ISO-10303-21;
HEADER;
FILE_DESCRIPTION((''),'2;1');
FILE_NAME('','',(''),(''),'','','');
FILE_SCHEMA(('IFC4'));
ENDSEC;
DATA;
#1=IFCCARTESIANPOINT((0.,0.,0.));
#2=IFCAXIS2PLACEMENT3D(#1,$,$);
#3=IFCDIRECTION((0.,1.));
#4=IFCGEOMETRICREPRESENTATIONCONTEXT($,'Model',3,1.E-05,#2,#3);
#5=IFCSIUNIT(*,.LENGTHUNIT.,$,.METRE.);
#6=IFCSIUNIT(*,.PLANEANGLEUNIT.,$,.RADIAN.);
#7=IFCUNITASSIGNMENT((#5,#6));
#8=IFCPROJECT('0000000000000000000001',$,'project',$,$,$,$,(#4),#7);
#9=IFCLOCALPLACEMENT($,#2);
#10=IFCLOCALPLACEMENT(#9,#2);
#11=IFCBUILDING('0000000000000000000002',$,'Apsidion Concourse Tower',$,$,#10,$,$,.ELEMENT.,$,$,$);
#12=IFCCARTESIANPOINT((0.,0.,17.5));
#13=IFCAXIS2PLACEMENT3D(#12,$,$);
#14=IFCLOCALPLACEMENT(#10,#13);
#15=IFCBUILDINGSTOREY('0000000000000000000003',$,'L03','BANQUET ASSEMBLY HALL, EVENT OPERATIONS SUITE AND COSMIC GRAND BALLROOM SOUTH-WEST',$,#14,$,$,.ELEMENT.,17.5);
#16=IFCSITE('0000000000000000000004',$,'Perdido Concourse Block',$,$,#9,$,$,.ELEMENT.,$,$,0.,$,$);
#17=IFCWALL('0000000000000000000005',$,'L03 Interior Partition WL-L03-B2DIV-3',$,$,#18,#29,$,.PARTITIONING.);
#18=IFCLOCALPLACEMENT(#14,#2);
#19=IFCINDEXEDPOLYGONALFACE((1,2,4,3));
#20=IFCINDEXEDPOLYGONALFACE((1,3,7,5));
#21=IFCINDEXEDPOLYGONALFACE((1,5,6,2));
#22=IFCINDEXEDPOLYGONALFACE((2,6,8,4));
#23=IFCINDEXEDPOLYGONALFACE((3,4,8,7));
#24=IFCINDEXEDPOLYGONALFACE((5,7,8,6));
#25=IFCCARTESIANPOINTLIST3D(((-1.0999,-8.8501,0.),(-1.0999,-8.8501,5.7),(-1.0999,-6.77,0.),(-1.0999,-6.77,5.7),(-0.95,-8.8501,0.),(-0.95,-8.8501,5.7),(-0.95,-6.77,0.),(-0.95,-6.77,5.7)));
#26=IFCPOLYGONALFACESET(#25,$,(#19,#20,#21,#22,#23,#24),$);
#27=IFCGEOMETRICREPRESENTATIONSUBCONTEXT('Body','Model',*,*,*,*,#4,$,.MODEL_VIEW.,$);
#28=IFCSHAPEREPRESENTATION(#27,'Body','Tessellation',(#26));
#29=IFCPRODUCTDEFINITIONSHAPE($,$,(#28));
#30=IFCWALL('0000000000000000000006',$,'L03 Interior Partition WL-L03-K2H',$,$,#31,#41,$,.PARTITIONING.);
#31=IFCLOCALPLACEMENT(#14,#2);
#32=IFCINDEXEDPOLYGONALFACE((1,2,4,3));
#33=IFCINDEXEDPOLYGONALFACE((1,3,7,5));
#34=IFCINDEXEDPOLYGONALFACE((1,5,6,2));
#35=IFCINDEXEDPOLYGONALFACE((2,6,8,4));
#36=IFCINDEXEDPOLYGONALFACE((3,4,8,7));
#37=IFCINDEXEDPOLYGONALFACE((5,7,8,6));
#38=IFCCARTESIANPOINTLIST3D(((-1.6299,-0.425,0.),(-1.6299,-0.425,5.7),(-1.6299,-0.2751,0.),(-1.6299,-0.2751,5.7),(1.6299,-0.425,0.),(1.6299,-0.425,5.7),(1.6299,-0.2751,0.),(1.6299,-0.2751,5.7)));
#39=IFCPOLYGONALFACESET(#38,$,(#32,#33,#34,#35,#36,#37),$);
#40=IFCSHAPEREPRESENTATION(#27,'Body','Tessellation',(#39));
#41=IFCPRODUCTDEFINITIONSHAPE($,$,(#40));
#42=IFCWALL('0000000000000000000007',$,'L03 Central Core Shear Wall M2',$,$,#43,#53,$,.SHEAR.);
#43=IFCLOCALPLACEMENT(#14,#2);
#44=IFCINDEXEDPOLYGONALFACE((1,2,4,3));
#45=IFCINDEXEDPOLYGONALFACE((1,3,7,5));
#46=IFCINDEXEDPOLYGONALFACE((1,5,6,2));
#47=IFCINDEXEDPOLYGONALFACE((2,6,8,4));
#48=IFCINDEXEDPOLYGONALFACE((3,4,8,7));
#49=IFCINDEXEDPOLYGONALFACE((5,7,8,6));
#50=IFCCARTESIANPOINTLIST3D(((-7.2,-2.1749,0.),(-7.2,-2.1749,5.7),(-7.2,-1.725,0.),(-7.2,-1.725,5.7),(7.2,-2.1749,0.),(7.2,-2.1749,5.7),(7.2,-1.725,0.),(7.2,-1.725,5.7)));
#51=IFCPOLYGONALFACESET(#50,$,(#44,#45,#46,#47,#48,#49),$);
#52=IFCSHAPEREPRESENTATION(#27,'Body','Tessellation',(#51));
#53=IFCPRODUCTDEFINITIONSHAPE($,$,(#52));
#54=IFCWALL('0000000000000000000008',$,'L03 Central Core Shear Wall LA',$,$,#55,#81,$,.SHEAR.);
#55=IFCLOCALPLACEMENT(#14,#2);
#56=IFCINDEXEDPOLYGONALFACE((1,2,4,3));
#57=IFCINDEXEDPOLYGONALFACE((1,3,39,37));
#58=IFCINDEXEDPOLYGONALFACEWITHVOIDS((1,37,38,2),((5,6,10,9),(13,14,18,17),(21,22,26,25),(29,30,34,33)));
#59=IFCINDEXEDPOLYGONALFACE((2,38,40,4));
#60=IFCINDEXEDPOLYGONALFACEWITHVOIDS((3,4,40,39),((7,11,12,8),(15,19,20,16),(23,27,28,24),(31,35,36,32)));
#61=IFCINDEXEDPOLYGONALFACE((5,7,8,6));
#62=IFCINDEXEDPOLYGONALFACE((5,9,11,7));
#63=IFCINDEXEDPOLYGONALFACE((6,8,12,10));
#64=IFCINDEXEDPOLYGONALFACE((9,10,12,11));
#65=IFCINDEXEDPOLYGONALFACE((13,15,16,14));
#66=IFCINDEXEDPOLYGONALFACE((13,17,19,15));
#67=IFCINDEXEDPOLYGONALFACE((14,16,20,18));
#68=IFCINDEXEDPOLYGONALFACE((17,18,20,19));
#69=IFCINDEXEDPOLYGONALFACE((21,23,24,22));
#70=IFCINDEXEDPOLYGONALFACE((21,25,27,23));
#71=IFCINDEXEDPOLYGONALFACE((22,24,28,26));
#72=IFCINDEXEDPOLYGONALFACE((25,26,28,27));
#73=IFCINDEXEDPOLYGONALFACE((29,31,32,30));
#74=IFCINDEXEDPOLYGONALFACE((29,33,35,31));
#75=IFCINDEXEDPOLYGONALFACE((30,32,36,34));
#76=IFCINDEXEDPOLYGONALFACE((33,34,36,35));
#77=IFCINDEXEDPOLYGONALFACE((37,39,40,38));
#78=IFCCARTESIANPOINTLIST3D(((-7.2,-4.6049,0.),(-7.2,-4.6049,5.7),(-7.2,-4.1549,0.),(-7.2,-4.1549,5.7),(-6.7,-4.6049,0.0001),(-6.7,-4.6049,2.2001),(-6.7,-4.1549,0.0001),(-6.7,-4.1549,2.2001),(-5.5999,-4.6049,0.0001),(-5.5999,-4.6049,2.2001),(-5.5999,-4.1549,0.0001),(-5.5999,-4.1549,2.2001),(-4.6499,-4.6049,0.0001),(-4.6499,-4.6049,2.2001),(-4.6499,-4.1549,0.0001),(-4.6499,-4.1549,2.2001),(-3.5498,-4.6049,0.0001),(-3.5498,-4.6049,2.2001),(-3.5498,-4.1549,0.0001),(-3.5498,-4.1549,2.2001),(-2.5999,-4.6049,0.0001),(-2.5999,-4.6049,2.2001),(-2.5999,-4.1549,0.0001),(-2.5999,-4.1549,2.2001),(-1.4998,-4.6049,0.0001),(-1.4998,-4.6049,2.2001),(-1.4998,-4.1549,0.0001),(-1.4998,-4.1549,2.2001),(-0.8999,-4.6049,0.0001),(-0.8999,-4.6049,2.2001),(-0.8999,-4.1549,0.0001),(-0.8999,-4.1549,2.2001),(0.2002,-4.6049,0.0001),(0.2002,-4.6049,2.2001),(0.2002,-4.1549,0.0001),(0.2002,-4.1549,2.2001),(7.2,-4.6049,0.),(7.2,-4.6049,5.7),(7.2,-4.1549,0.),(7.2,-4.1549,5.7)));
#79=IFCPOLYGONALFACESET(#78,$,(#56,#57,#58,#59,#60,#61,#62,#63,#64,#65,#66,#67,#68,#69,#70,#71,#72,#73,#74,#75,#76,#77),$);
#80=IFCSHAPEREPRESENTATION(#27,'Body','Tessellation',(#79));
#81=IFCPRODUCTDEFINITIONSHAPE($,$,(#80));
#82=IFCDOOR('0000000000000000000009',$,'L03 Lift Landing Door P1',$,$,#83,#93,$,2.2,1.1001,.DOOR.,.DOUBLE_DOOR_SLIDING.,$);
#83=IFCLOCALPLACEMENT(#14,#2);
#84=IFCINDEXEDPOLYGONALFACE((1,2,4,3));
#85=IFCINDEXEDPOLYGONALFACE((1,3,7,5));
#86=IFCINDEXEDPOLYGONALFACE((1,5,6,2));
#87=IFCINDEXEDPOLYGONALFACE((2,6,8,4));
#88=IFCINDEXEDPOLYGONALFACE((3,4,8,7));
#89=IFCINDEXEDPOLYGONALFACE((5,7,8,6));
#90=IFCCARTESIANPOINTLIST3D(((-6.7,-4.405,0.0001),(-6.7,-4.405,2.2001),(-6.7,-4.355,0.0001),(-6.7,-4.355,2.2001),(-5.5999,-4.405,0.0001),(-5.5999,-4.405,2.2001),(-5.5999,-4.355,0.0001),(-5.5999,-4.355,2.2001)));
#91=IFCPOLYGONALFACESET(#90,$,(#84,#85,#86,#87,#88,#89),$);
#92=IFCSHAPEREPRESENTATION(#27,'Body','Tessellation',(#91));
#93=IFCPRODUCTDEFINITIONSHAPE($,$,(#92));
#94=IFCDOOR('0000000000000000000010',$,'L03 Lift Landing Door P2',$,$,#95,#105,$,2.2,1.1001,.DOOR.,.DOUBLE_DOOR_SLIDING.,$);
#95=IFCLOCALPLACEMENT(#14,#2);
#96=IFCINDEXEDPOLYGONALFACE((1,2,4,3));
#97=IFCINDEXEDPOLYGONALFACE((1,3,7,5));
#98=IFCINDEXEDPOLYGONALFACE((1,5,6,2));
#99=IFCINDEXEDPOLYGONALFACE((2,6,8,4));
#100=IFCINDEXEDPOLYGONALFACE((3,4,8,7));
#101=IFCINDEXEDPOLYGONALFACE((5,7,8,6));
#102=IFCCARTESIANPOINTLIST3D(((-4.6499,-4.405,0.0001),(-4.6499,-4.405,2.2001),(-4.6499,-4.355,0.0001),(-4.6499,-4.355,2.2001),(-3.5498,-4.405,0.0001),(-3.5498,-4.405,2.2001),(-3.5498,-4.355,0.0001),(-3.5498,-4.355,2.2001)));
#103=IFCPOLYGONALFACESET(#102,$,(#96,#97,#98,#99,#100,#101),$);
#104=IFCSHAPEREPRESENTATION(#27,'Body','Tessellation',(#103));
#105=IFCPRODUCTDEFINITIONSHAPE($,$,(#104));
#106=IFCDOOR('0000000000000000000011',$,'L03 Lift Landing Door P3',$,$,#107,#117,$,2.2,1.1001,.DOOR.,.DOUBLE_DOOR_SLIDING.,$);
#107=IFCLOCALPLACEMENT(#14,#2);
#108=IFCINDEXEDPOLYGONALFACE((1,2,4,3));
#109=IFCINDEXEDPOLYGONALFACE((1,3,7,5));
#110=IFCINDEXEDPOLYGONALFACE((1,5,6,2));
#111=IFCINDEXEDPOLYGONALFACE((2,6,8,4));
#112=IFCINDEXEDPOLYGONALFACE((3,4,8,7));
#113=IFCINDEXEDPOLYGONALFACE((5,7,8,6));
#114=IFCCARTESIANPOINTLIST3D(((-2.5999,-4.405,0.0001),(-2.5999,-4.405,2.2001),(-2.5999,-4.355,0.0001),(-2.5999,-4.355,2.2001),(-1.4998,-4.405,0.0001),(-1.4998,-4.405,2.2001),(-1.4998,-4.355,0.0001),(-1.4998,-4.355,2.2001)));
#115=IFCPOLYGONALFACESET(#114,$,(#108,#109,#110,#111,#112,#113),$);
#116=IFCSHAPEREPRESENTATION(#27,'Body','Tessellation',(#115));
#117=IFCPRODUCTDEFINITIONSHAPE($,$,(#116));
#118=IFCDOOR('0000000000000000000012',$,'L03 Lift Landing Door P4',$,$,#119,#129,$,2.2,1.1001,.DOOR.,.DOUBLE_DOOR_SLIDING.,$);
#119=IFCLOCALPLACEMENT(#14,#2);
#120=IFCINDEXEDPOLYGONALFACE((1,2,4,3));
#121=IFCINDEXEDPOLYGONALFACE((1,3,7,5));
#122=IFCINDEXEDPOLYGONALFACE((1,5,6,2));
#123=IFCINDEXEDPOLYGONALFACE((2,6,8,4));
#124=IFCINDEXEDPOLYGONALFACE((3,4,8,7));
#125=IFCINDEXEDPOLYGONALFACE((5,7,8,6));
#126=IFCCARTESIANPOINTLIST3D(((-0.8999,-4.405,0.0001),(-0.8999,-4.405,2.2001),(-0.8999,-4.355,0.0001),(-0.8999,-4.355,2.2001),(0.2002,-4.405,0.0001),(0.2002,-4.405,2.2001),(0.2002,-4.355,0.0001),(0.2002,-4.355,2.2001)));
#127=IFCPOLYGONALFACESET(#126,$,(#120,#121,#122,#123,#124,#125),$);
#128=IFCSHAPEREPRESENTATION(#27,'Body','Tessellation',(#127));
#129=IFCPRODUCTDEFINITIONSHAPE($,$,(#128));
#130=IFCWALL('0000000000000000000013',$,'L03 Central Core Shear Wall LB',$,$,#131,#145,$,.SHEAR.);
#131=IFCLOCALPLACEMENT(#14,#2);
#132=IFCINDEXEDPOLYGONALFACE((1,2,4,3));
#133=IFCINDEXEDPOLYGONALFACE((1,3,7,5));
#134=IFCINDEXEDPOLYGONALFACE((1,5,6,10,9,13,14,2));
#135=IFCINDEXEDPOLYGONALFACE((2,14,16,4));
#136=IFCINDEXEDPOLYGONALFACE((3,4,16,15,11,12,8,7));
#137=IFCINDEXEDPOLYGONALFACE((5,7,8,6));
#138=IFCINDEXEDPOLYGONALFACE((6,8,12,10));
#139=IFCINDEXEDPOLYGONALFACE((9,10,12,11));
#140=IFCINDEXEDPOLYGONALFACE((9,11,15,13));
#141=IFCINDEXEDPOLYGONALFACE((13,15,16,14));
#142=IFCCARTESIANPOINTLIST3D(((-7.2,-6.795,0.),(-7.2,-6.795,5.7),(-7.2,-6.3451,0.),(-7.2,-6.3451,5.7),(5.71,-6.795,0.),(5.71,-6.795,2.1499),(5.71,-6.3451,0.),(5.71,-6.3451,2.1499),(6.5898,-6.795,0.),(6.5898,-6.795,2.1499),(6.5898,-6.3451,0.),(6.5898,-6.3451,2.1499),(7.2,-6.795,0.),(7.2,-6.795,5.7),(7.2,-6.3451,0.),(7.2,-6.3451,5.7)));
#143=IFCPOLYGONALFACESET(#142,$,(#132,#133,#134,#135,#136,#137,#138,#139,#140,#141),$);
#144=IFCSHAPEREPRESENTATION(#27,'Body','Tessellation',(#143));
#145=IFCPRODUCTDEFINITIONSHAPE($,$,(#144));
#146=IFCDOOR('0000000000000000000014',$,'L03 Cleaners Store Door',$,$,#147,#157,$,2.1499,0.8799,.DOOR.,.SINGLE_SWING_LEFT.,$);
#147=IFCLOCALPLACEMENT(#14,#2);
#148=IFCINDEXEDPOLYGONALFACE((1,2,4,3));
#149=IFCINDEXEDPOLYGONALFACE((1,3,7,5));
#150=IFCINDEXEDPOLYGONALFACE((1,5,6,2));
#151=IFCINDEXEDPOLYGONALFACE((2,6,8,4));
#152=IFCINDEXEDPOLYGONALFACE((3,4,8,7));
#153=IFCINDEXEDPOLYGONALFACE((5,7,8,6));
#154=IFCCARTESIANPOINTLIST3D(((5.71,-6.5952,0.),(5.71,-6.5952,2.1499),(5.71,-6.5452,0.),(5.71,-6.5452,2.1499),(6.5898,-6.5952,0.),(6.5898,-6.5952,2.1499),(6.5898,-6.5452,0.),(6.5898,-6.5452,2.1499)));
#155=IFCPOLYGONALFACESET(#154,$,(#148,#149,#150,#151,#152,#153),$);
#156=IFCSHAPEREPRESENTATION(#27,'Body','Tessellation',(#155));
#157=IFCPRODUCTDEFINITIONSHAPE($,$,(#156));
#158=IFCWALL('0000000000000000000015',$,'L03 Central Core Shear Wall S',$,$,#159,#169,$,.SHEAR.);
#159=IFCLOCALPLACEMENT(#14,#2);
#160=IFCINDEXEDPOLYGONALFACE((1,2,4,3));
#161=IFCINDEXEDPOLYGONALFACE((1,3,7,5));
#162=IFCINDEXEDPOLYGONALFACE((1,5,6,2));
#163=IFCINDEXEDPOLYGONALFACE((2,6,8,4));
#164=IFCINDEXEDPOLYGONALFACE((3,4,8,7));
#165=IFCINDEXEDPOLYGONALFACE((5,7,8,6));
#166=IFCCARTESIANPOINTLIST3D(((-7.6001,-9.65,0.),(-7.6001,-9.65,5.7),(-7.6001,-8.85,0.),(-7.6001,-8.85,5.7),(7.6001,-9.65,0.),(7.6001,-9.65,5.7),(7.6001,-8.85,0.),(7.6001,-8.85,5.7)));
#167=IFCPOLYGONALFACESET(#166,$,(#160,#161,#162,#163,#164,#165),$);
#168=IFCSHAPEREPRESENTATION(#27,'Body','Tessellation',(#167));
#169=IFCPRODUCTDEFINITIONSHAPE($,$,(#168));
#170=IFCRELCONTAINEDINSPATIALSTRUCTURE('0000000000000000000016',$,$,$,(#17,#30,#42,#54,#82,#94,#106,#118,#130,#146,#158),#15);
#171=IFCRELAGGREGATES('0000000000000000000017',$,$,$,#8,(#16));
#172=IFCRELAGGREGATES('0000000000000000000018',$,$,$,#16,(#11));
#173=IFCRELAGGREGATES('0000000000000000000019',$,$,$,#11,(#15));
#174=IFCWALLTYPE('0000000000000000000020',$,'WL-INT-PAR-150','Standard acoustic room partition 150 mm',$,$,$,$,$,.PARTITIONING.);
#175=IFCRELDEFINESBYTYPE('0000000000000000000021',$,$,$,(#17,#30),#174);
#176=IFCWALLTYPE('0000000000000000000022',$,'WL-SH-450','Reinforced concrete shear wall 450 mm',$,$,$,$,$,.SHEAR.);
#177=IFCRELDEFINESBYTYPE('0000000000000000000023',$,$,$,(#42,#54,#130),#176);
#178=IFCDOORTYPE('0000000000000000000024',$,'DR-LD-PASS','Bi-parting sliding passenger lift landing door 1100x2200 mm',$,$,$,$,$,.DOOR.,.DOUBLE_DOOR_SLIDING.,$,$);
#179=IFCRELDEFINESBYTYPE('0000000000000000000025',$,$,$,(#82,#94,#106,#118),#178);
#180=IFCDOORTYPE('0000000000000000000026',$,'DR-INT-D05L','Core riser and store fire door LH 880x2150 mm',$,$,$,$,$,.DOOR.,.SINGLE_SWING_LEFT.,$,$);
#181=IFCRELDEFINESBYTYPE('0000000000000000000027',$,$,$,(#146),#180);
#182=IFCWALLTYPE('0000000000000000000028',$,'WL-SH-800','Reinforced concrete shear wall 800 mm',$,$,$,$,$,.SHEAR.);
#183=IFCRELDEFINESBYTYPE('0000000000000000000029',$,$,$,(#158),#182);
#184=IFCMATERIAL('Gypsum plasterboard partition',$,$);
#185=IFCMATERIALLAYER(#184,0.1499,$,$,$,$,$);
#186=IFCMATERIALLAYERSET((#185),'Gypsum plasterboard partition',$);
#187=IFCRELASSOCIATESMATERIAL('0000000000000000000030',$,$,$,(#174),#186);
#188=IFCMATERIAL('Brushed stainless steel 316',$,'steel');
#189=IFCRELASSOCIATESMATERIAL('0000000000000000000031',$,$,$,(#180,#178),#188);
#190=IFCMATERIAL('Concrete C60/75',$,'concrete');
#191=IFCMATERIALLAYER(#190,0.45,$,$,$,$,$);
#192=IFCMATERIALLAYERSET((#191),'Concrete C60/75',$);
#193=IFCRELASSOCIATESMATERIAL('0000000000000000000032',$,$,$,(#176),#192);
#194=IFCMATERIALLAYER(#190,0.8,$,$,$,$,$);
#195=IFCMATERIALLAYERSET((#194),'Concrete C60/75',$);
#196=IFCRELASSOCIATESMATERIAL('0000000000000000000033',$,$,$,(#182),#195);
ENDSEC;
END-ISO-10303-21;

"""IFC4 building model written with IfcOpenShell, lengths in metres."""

from ifc_helpers import new_model, si_unit, direction, frame, frame_2d, origin, place, context, subcontext, project, spatial, rectangle, extrude, material, layer, layer_set, type_object, element, fill, save


model = new_model("IFC4")

# Units and contexts
model_context = context("Model", 3, precision=1e-05, world=origin(), true_north=direction((0.0, 1.0)))
body_context = subcontext(model_context, "Body", "Model", "MODEL_VIEW")
ifc_project = project(units=[si_unit("LENGTHUNIT", "METRE"), si_unit("PLANEANGLEUNIT", "RADIAN")], contexts=[model_context])

# Site, building, storey
site_placement = place(None, origin())
site = spatial("IfcSite", under=ifc_project, at=site_placement, Name="Perdido Concourse Block", CompositionType="ELEMENT", RefElevation=0.0)
building_placement = place(site_placement, origin())
building = spatial("IfcBuilding", under=site, at=building_placement, Name="Apsidion Concourse Tower", CompositionType="ELEMENT")
storey_placement = place(building_placement, frame((0.0, 0.0, 17.5)))
storey = spatial("IfcBuildingStorey", under=building, at=storey_placement, Name="L03", Description="BANQUET ASSEMBLY HALL, EVENT OPERATIONS SUITE AND COSMIC GRAND BALLROOM SOUTH-WEST", CompositionType="ELEMENT", Elevation=17.5)

# Shared definitions
ifc_material_1 = material(Name="Concrete C60/75", Category="concrete")

# Walls
ifc_material_2 = material(Name="Gypsum plasterboard partition")
ifc_layer_1 = layer(ifc_material_2, 0.1499)
ifc_layer_set_1 = layer_set([ifc_layer_1], Name="Gypsum plasterboard partition")
wall_type_1 = type_object("IfcWallType", Name="WL-INT-PAR-150", Description="Standard acoustic room partition 150 mm", PredefinedType="PARTITIONING", material=ifc_layer_set_1)
for number, where, z_axis, x_axis, name in (
    (1, (-1.0249, -8.8501, 0.0), (0.0, 0.0, 1.0), (0.0, 1.0, 0.0), "L03 Interior Partition WL-L03-B2DIV-3"),
):
    element("IfcWall", number, at=place(storey_placement, frame(where, z_axis=z_axis, x_axis=x_axis)), inside=storey, type_object=wall_type_1, Name=name, PredefinedType="PARTITIONING", context=body_context, shape_type="SweptSolid", body=[
        extrude(rectangle(XDim=2.0801, YDim=0.1499, at=frame_2d((1.04, 0.0))), origin(), (0.0, 0.0, 1.0), 5.7),
    ])
wall_1_placement = place(storey_placement, frame((-1.6299, -0.3501, 0.0), z_axis=(0.0, 0.0, 1.0), x_axis=(1.0, 0.0, 0.0)))
element("IfcWall", 2, at=wall_1_placement, inside=storey, type_object=wall_type_1, Name="L03 Interior Partition WL-L03-K2H", PredefinedType="PARTITIONING", context=body_context, shape_type="SweptSolid", body=[
    extrude(rectangle(XDim=3.2598, YDim=0.1499, at=frame_2d((1.6299, 0.0))), origin(), (0.0, 0.0, 1.0), 5.7),
])

# Shared definitions
ifc_material_3 = material(Name="Brushed stainless steel 316", Category="steel")
door_type_1 = type_object("IfcDoorType", Name="DR-INT-D05L", Description="Core riser and store fire door LH 880x2150 mm", OperationType="SINGLE_SWING_LEFT", PredefinedType="DOOR", material=ifc_material_3)

# Wall
ifc_layer_2 = layer(ifc_material_1, 0.45)
ifc_layer_set_2 = layer_set([ifc_layer_2], Name="Concrete C60/75")
wall_type_2 = type_object("IfcWallType", Name="WL-SH-450", Description="Reinforced concrete shear wall 450 mm", PredefinedType="SHEAR", material=ifc_layer_set_2)
wall_2_placement = place(storey_placement, frame((-7.2, -1.95, 0.0), z_axis=(0.0, 0.0, 1.0), x_axis=(1.0, 0.0, 0.0)))
element("IfcWall", 3, at=wall_2_placement, inside=storey, type_object=wall_type_2, Name="L03 Central Core Shear Wall M2", PredefinedType="SHEAR", context=body_context, shape_type="SweptSolid", body=[
    extrude(rectangle(XDim=14.3999, YDim=0.45, at=frame_2d((7.2, 0.0))), origin(), (0.0, 0.0, 1.0), 5.7),
])

# Wall, openings, doors
wall_3_placement = place(storey_placement, frame((-7.2, -4.3799, 0.0), z_axis=(0.0, 0.0, 1.0), x_axis=(1.0, 0.0, 0.0)))
wall_3 = element("IfcWall", 4, at=wall_3_placement, inside=storey, type_object=wall_type_2, Name="L03 Central Core Shear Wall LA", PredefinedType="SHEAR", context=body_context, shape_type="SweptSolid", body=[
    extrude(rectangle(XDim=14.3999, YDim=0.45, at=frame_2d((7.2, 0.0))), origin(), (0.0, 0.0, 1.0), 5.7),
])
opening_1_placement = place(wall_3_placement, frame((0.5, 0.0, 0.0)))
opening_1 = element("IfcOpeningElement", 5, at=opening_1_placement, cuts=wall_3, PredefinedType="OPENING", context=body_context, shape_type="SweptSolid", body=[
    extrude(rectangle(XDim=1.1001, YDim=2.2, at=frame_2d((0.55, 1.1001))), frame((0.0, 0.2349, 0.0), z_axis=(0.0, -1.0, 0.0), x_axis=(1.0, 0.0, 0.0)), (0.0, 0.0, 1.0), 0.47),
])
opening_2_placement = place(wall_3_placement, frame((2.55, 0.0, 0.0)))
opening_2 = element("IfcOpeningElement", 6, at=opening_2_placement, cuts=wall_3, PredefinedType="OPENING", context=body_context, shape_type="SweptSolid", body=[
    extrude(rectangle(XDim=1.1001, YDim=2.2, at=frame_2d((0.55, 1.1001))), frame((0.0, 0.2349, 0.0), z_axis=(0.0, -1.0, 0.0), x_axis=(1.0, 0.0, 0.0)), (0.0, 0.0, 1.0), 0.47),
])
opening_3_placement = place(wall_3_placement, frame((4.6001, 0.0, 0.0)))
opening_3 = element("IfcOpeningElement", 7, at=opening_3_placement, cuts=wall_3, PredefinedType="OPENING", context=body_context, shape_type="SweptSolid", body=[
    extrude(rectangle(XDim=1.1001, YDim=2.2, at=frame_2d((0.55, 1.1001))), frame((0.0, 0.2349, 0.0), z_axis=(0.0, -1.0, 0.0), x_axis=(1.0, 0.0, 0.0)), (0.0, 0.0, 1.0), 0.47),
])
opening_4_placement = place(wall_3_placement, frame((6.3, 0.0, 0.0)))
opening_4 = element("IfcOpeningElement", 8, at=opening_4_placement, cuts=wall_3, PredefinedType="OPENING", context=body_context, shape_type="SweptSolid", body=[
    extrude(rectangle(XDim=1.1001, YDim=2.2, at=frame_2d((0.55, 1.1001))), frame((0.0, 0.2349, 0.0), z_axis=(0.0, -1.0, 0.0), x_axis=(1.0, 0.0, 0.0)), (0.0, 0.0, 1.0), 0.47),
])
door_type_2 = type_object("IfcDoorType", Name="DR-LD-PASS", Description="Bi-parting sliding passenger lift landing door 1100x2200 mm", OperationType="DOUBLE_DOOR_SLIDING", PredefinedType="DOOR", material=ifc_material_3)
door_1_placement = place(opening_1_placement, origin())
door_1 = element("IfcDoor", 9, at=door_1_placement, inside=storey, type_object=door_type_2, Name="L03 Lift Landing Door P1", OperationType="DOUBLE_DOOR_SLIDING", OverallHeight=2.2, OverallWidth=1.1001, PredefinedType="DOOR", context=body_context, shape_type="SweptSolid", body=[
    extrude(rectangle(XDim=1.1001, YDim=2.2, at=frame_2d((0.55, 1.1001))), frame((0.0, 0.0249, 0.0), z_axis=(0.0, -1.0, 0.0), x_axis=(1.0, 0.0, 0.0)), (0.0, 0.0, 1.0), 0.05),
])
fill(opening_1, door_1)
door_2_placement = place(opening_2_placement, origin())
door_2 = element("IfcDoor", 10, at=door_2_placement, inside=storey, type_object=door_type_2, Name="L03 Lift Landing Door P2", OperationType="DOUBLE_DOOR_SLIDING", OverallHeight=2.2, OverallWidth=1.1001, PredefinedType="DOOR", context=body_context, shape_type="SweptSolid", body=[
    extrude(rectangle(XDim=1.1001, YDim=2.2, at=frame_2d((0.55, 1.1001))), frame((0.0, 0.0249, 0.0), z_axis=(0.0, -1.0, 0.0), x_axis=(1.0, 0.0, 0.0)), (0.0, 0.0, 1.0), 0.05),
])
fill(opening_2, door_2)
door_3_placement = place(opening_3_placement, origin())
door_3 = element("IfcDoor", 11, at=door_3_placement, inside=storey, type_object=door_type_2, Name="L03 Lift Landing Door P3", OperationType="DOUBLE_DOOR_SLIDING", OverallHeight=2.2, OverallWidth=1.1001, PredefinedType="DOOR", context=body_context, shape_type="SweptSolid", body=[
    extrude(rectangle(XDim=1.1001, YDim=2.2, at=frame_2d((0.55, 1.1001))), frame((0.0, 0.0249, 0.0), z_axis=(0.0, -1.0, 0.0), x_axis=(1.0, 0.0, 0.0)), (0.0, 0.0, 1.0), 0.05),
])
fill(opening_3, door_3)
door_4_placement = place(opening_4_placement, origin())
door_4 = element("IfcDoor", 12, at=door_4_placement, inside=storey, type_object=door_type_2, Name="L03 Lift Landing Door P4", OperationType="DOUBLE_DOOR_SLIDING", OverallHeight=2.2, OverallWidth=1.1001, PredefinedType="DOOR", context=body_context, shape_type="SweptSolid", body=[
    extrude(rectangle(XDim=1.1001, YDim=2.2, at=frame_2d((0.55, 1.1001))), frame((0.0, 0.0249, 0.0), z_axis=(0.0, -1.0, 0.0), x_axis=(1.0, 0.0, 0.0)), (0.0, 0.0, 1.0), 0.05),
])
fill(opening_4, door_4)

# Wall, opening, door
wall_4_placement = place(storey_placement, frame((-7.2, -6.5701, 0.0), z_axis=(0.0, 0.0, 1.0), x_axis=(1.0, 0.0, 0.0)))
wall_4 = element("IfcWall", 13, at=wall_4_placement, inside=storey, type_object=wall_type_2, Name="L03 Central Core Shear Wall LB", PredefinedType="SHEAR", context=body_context, shape_type="SweptSolid", body=[
    extrude(rectangle(XDim=14.3999, YDim=0.45, at=frame_2d((7.2, 0.0))), origin(), (0.0, 0.0, 1.0), 5.7),
])
opening_5_placement = place(wall_4_placement, frame((12.9099, 0.0, 0.0)))
opening_5 = element("IfcOpeningElement", 14, at=opening_5_placement, cuts=wall_4, PredefinedType="OPENING", context=body_context, shape_type="SweptSolid", body=[
    extrude(rectangle(XDim=0.8799, YDim=2.1499, at=frame_2d((0.4399, 1.075))), frame((0.0, 0.2349, 0.0), z_axis=(0.0, -1.0, 0.0), x_axis=(1.0, 0.0, 0.0)), (0.0, 0.0, 1.0), 0.47),
])
door_5_placement = place(opening_5_placement, origin())
door_5 = element("IfcDoor", 15, at=door_5_placement, inside=storey, type_object=door_type_1, Name="L03 Cleaners Store Door", OperationType="SINGLE_SWING_LEFT", OverallHeight=2.1499, OverallWidth=0.8799, PredefinedType="DOOR", context=body_context, shape_type="SweptSolid", body=[
    extrude(rectangle(XDim=0.8799, YDim=2.1499, at=frame_2d((0.4399, 1.075))), frame((0.0, 0.0249, 0.0), z_axis=(0.0, -1.0, 0.0), x_axis=(1.0, 0.0, 0.0)), (0.0, 0.0, 1.0), 0.05),
])
fill(opening_5, door_5)

# Shared definitions
ifc_layer_3 = layer(ifc_material_1, 0.8)
ifc_layer_set_3 = layer_set([ifc_layer_3], Name="Concrete C60/75")
wall_type_3 = type_object("IfcWallType", Name="WL-SH-800", Description="Reinforced concrete shear wall 800 mm", PredefinedType="SHEAR", material=ifc_layer_set_3)

# Wall
wall_5_placement = place(storey_placement, frame((-7.6001, -9.25, 0.0), z_axis=(0.0, 0.0, 1.0), x_axis=(1.0, 0.0, 0.0)))
element("IfcWall", 16, at=wall_5_placement, inside=storey, type_object=wall_type_3, Name="L03 Central Core Shear Wall S", PredefinedType="SHEAR", context=body_context, shape_type="SweptSolid", body=[
    extrude(rectangle(XDim=15.2002, YDim=0.8, at=frame_2d((7.6001, 0.0))), origin(), (0.0, 0.0, 1.0), 5.7),
])

save(model, "model.ifc")
